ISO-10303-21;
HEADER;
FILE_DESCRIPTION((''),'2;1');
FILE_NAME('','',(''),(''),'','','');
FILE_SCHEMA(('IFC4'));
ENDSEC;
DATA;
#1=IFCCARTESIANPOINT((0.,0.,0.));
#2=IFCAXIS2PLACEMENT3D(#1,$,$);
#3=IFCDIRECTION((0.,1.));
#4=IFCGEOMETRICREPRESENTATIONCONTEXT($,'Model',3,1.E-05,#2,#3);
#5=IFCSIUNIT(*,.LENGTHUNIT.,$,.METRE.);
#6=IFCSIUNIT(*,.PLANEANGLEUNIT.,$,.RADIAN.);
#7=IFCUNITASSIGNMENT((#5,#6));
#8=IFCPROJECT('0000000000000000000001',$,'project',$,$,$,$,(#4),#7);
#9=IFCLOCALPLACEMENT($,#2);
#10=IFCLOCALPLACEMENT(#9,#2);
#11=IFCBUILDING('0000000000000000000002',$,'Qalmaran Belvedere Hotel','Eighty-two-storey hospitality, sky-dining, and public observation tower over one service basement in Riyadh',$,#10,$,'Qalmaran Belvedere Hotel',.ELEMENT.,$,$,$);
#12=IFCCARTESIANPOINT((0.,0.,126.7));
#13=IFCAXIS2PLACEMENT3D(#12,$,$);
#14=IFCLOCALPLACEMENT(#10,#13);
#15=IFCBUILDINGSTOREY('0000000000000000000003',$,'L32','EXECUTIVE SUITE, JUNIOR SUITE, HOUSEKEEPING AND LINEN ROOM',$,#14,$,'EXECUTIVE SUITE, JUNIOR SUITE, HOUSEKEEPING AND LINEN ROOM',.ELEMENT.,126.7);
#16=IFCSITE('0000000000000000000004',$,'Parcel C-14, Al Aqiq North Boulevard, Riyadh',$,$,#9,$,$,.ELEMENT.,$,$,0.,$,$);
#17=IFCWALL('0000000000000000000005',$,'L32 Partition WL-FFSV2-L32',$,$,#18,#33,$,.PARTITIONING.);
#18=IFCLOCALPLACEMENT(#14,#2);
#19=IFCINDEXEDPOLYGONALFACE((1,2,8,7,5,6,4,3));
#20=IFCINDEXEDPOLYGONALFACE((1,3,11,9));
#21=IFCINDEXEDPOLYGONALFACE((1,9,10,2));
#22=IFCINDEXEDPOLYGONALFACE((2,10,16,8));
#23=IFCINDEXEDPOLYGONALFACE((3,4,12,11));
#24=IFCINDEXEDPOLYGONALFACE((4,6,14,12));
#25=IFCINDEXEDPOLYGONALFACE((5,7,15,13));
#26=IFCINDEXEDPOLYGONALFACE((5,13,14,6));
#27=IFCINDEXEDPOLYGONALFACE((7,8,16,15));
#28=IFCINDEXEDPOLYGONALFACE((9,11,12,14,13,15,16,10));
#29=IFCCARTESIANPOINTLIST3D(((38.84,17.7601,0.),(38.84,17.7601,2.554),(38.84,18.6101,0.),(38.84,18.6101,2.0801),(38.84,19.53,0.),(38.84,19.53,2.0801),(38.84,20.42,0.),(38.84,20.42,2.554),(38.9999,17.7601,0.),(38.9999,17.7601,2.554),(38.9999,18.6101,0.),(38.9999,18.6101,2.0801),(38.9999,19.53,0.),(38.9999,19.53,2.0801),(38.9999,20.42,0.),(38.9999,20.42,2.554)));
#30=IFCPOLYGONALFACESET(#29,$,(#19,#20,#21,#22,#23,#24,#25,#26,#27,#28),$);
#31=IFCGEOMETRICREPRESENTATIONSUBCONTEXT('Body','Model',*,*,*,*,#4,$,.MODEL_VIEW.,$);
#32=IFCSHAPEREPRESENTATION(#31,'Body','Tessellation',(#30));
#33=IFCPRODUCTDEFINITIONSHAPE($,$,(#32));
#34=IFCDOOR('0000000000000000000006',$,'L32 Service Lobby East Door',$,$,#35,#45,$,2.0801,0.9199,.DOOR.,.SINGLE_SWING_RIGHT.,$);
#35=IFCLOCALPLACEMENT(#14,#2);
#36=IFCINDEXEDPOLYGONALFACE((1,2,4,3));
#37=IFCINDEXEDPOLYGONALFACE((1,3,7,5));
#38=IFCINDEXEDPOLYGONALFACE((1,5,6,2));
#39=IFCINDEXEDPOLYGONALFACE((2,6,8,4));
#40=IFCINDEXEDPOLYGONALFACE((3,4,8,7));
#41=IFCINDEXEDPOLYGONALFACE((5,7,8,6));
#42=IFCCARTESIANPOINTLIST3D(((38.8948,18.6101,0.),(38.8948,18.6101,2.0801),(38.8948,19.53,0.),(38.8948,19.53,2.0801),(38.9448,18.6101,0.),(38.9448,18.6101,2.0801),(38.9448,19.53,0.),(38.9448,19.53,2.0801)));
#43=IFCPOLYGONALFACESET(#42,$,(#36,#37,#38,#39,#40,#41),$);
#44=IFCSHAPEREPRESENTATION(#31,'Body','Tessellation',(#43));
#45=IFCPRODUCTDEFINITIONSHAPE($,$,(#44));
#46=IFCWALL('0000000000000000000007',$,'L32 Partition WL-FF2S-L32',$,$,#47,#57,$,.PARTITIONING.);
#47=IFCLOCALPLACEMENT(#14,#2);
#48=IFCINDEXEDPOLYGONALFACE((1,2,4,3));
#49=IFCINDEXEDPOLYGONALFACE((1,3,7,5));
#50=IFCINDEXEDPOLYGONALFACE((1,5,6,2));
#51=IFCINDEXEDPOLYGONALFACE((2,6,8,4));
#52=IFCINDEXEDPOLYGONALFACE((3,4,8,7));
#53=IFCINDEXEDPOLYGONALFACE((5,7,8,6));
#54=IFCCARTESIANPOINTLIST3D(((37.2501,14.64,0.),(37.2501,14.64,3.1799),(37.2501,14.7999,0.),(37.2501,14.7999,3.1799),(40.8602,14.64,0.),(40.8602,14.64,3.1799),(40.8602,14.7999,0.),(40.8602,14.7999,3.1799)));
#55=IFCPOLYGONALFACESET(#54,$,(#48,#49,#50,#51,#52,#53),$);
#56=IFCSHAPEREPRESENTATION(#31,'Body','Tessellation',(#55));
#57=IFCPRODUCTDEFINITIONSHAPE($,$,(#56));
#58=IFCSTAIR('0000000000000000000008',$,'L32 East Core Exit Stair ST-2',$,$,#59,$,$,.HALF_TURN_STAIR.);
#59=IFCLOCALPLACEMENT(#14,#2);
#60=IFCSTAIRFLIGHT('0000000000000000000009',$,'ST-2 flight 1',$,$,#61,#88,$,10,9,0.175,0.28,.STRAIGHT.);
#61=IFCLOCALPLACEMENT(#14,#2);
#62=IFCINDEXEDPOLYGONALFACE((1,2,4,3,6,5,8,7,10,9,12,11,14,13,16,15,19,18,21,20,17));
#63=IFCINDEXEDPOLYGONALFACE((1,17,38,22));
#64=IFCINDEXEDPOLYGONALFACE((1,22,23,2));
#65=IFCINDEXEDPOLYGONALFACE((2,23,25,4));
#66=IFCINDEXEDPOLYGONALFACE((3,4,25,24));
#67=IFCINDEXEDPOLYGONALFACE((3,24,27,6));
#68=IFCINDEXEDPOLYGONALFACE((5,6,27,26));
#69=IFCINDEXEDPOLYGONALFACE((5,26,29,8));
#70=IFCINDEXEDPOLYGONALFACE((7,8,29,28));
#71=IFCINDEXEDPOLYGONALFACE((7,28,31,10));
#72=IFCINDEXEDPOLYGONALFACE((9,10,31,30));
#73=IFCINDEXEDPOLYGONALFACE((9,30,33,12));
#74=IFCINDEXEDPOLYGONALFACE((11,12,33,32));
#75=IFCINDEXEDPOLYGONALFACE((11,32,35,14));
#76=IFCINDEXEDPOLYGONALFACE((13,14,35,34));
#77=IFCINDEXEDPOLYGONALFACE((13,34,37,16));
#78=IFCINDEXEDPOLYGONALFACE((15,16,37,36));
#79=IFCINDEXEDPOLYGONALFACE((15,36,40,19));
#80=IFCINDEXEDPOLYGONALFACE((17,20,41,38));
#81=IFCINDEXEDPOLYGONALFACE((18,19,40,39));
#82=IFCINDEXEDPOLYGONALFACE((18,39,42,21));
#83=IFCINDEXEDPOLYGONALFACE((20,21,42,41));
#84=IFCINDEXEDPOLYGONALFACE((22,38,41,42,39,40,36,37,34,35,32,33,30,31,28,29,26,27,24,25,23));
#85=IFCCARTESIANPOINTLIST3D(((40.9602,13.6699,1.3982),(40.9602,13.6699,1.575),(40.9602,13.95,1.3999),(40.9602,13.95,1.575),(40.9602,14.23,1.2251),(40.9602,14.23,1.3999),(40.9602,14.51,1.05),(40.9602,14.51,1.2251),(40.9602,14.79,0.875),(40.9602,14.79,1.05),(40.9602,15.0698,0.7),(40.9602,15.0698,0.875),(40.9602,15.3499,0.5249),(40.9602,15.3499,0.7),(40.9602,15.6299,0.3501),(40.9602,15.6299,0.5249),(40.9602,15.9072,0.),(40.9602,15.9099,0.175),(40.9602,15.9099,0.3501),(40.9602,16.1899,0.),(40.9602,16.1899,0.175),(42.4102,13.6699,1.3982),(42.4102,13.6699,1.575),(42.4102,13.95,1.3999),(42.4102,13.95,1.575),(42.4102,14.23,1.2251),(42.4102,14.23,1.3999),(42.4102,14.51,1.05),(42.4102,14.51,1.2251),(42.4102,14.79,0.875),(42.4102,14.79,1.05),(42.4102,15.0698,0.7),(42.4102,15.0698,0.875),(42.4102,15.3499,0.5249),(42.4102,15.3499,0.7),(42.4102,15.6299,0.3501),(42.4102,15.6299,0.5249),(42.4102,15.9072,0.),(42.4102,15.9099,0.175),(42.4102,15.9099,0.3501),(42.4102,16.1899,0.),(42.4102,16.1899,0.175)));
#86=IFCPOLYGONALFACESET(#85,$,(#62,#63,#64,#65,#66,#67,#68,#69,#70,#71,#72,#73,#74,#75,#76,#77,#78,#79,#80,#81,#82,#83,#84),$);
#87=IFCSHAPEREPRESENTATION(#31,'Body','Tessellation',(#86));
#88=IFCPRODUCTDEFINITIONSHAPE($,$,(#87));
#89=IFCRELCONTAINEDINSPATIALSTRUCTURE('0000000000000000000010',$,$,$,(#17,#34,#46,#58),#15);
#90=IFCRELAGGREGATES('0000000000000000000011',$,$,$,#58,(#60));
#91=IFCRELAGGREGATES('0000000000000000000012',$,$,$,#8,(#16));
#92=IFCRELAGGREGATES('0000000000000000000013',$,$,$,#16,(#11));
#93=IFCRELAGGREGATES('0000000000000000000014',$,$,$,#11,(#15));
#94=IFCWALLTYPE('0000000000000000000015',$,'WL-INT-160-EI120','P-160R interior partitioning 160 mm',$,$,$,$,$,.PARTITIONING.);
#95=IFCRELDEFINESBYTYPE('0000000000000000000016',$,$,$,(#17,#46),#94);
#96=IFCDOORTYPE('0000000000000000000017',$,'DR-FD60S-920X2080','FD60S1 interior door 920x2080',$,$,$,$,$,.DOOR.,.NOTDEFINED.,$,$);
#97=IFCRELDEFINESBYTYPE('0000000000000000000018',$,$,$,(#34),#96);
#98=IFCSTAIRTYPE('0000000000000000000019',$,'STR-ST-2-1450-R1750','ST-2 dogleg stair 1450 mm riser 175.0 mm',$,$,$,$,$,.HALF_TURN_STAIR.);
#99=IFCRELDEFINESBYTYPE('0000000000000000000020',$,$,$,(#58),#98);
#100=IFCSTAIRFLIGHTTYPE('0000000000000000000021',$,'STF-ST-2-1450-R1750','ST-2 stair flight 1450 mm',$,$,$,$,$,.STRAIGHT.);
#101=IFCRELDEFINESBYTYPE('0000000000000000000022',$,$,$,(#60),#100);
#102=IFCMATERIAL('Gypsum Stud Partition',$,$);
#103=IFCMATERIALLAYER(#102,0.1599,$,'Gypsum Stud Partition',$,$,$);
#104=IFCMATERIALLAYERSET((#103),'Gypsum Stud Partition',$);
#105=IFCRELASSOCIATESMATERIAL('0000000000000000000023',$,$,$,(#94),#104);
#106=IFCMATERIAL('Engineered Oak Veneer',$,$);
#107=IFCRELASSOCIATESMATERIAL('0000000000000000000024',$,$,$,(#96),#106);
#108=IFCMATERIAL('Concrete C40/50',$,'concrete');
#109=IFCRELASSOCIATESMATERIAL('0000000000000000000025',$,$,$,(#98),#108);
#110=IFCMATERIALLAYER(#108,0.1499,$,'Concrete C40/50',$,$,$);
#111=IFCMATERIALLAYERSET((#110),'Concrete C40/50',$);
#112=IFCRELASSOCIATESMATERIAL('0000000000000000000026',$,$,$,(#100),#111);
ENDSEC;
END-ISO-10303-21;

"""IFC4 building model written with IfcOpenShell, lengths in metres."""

from ifc_helpers import new_model, si_unit, direction, frame, frame_2d, origin, place, context, subcontext, project, spatial, polyline, rectangle, outline, extrude, material, layer, layer_set, type_object, element, fill, aggregate, save


model = new_model("IFC4")

# Units and contexts
model_context = context("Model", 3, precision=1e-05, world=origin(), true_north=direction((0.0, 1.0)))
body_context = subcontext(model_context, "Body", "Model", "MODEL_VIEW")
ifc_project = project(units=[si_unit("LENGTHUNIT", "METRE"), si_unit("PLANEANGLEUNIT", "RADIAN")], contexts=[model_context])

# Site, building, storey
site_placement = place(None, origin())
site = spatial("IfcSite", under=ifc_project, at=site_placement, Name="Parcel C-14, Al Aqiq North Boulevard, Riyadh", CompositionType="ELEMENT", RefElevation=0.0)
building_placement = place(site_placement, origin())
building = spatial("IfcBuilding", under=site, at=building_placement, Name="Qalmaran Belvedere Hotel", Description="Eighty-two-storey hospitality, sky-dining, and public observation tower over one service basement in Riyadh", LongName="Qalmaran Belvedere Hotel", CompositionType="ELEMENT")
storey_placement = place(building_placement, frame((0.0, 0.0, 126.7)))
storey = spatial("IfcBuildingStorey", under=building, at=storey_placement, Name="L32", Description="EXECUTIVE SUITE, JUNIOR SUITE, HOUSEKEEPING AND LINEN ROOM", LongName="EXECUTIVE SUITE, JUNIOR SUITE, HOUSEKEEPING AND LINEN ROOM", CompositionType="ELEMENT", Elevation=126.7)

# Shared definitions
ifc_material_1 = material(Name="Gypsum Stud Partition")

# Wall, opening, door
ifc_layer_1 = layer(ifc_material_1, 0.1599, Name="Gypsum Stud Partition")
ifc_layer_set_1 = layer_set([ifc_layer_1], Name="Gypsum Stud Partition")
wall_type_1 = type_object("IfcWallType", Name="WL-INT-160-EI120", Description="P-160R interior partitioning 160 mm", PredefinedType="PARTITIONING", material=ifc_layer_set_1)
wall_1_placement = place(storey_placement, frame((38.9199, 17.76, 0.0), z_axis=(0.0, 0.0, 1.0), x_axis=(0.0, 1.0, 0.0)))
wall_1 = element("IfcWall", 1, at=wall_1_placement, inside=storey, type_object=wall_type_1, Name="L32 Partition WL-FFSV2-L32", PredefinedType="PARTITIONING", context=body_context, shape_type="SweptSolid", body=[
    extrude(rectangle(XDim=2.6599, YDim=0.1599, at=frame_2d((1.3301, 0.0))), origin(), (0.0, 0.0, 1.0), 2.554),
])
opening_1_placement = place(wall_1_placement, frame((1.77, 0.0, 0.0), z_axis=(0.0, 0.0, 1.0), x_axis=(-1.0, 0.0, 0.0)))
opening_1 = element("IfcOpeningElement", 2, at=opening_1_placement, cuts=wall_1, PredefinedType="OPENING", context=body_context, shape_type="SweptSolid", body=[
    extrude(rectangle(XDim=0.9199, YDim=2.0801, at=frame_2d((0.46, 1.04))), frame((0.0, 0.0898, 0.0), z_axis=(0.0, -1.0, 0.0), x_axis=(1.0, 0.0, 0.0)), (0.0, 0.0, 1.0), 0.1799),
])
ifc_material_2 = material(Name="Engineered Oak Veneer")
door_type_1 = type_object("IfcDoorType", Name="DR-FD60S-920X2080", Description="FD60S1 interior door 920x2080", OperationType="NOTDEFINED", PredefinedType="DOOR", material=ifc_material_2)
door_1_placement = place(opening_1_placement, origin())
door_1 = element("IfcDoor", 3, at=door_1_placement, inside=storey, type_object=door_type_1, Name="L32 Service Lobby East Door", OperationType="SINGLE_SWING_RIGHT", OverallHeight=2.0801, OverallWidth=0.9199, PredefinedType="DOOR", context=body_context, shape_type="SweptSolid", body=[
    extrude(rectangle(XDim=0.9199, YDim=2.0801, at=frame_2d((0.46, 1.04))), frame((0.0, 0.0249, 0.0), z_axis=(0.0, -1.0, 0.0), x_axis=(1.0, 0.0, 0.0)), (0.0, 0.0, 1.0), 0.05),
])
fill(opening_1, door_1)

# Wall
wall_2_placement = place(storey_placement, frame((37.25, 14.72, 0.0), z_axis=(0.0, 0.0, 1.0), x_axis=(1.0, 0.0, 0.0)))
element("IfcWall", 4, at=wall_2_placement, inside=storey, type_object=wall_type_1, Name="L32 Partition WL-FF2S-L32", PredefinedType="PARTITIONING", context=body_context, shape_type="SweptSolid", body=[
    extrude(rectangle(XDim=3.6101, YDim=0.1599, at=frame_2d((1.8052, 0.0))), origin(), (0.0, 0.0, 1.0), 3.1799),
])

# Stair, stair flight
ifc_material_3 = material(Name="Concrete C40/50", Category="concrete")
stair_type = type_object("IfcStairType", Name="STR-ST-2-1450-R1750", Description="ST-2 dogleg stair 1450 mm riser 175.0 mm", PredefinedType="HALF_TURN_STAIR", material=ifc_material_3)
stair_placement = place(storey_placement, origin())
stair = element("IfcStair", 5, at=stair_placement, inside=storey, type_object=stair_type, Name="L32 East Core Exit Stair ST-2", PredefinedType="HALF_TURN_STAIR")
ifc_layer_2 = layer(ifc_material_3, 0.1499, Name="Concrete C40/50")
ifc_layer_set_2 = layer_set([ifc_layer_2], Name="Concrete C40/50")
stair_flight_type = type_object("IfcStairFlightType", Name="STF-ST-2-1450-R1750", Description="ST-2 stair flight 1450 mm", PredefinedType="STRAIGHT", material=ifc_layer_set_2)
stair_flight_placement = place(storey_placement, frame((41.6851, 16.1899, 0.0), z_axis=(0.0, 0.0, 1.0), x_axis=(0.0, -1.0, 0.0)))
stair_flight = element("IfcStairFlight", 6, at=stair_flight_placement, type_object=stair_flight_type, Name="ST-2 flight 1", NumberOfRisers=10, NumberOfTreads=9, PredefinedType="STRAIGHT", RiserHeight=0.175, TreadLength=0.28, context=body_context, shape_type="SweptSolid", body=[
    extrude(outline(polyline([(0.0, 0.0), (0.0, 0.175), (0.28, 0.175), (0.28, 0.3501), (0.5601, 0.3501), (0.5601, 0.5249), (0.8401, 0.5249), (0.8401, 0.7), (1.1201, 0.7), (1.1201, 0.875), (1.3999, 0.875), (1.3999, 1.05), (1.6799, 1.05), (1.6799, 1.2251), (1.96, 1.2251), (1.96, 1.3999), (2.24, 1.3999), (2.24, 1.575), (2.52, 1.575), (2.52, 1.75), (2.52, 1.3982), (0.2827, 0.0), (0.0, 0.0)])), frame((0.0, 0.7251, 0.0), z_axis=(0.0, -1.0, 0.0), x_axis=(1.0, 0.0, 0.0)), (0.0, 0.0, 1.0), 1.45),
])
aggregate(stair, [stair_flight])

save(model, "model.ifc")
